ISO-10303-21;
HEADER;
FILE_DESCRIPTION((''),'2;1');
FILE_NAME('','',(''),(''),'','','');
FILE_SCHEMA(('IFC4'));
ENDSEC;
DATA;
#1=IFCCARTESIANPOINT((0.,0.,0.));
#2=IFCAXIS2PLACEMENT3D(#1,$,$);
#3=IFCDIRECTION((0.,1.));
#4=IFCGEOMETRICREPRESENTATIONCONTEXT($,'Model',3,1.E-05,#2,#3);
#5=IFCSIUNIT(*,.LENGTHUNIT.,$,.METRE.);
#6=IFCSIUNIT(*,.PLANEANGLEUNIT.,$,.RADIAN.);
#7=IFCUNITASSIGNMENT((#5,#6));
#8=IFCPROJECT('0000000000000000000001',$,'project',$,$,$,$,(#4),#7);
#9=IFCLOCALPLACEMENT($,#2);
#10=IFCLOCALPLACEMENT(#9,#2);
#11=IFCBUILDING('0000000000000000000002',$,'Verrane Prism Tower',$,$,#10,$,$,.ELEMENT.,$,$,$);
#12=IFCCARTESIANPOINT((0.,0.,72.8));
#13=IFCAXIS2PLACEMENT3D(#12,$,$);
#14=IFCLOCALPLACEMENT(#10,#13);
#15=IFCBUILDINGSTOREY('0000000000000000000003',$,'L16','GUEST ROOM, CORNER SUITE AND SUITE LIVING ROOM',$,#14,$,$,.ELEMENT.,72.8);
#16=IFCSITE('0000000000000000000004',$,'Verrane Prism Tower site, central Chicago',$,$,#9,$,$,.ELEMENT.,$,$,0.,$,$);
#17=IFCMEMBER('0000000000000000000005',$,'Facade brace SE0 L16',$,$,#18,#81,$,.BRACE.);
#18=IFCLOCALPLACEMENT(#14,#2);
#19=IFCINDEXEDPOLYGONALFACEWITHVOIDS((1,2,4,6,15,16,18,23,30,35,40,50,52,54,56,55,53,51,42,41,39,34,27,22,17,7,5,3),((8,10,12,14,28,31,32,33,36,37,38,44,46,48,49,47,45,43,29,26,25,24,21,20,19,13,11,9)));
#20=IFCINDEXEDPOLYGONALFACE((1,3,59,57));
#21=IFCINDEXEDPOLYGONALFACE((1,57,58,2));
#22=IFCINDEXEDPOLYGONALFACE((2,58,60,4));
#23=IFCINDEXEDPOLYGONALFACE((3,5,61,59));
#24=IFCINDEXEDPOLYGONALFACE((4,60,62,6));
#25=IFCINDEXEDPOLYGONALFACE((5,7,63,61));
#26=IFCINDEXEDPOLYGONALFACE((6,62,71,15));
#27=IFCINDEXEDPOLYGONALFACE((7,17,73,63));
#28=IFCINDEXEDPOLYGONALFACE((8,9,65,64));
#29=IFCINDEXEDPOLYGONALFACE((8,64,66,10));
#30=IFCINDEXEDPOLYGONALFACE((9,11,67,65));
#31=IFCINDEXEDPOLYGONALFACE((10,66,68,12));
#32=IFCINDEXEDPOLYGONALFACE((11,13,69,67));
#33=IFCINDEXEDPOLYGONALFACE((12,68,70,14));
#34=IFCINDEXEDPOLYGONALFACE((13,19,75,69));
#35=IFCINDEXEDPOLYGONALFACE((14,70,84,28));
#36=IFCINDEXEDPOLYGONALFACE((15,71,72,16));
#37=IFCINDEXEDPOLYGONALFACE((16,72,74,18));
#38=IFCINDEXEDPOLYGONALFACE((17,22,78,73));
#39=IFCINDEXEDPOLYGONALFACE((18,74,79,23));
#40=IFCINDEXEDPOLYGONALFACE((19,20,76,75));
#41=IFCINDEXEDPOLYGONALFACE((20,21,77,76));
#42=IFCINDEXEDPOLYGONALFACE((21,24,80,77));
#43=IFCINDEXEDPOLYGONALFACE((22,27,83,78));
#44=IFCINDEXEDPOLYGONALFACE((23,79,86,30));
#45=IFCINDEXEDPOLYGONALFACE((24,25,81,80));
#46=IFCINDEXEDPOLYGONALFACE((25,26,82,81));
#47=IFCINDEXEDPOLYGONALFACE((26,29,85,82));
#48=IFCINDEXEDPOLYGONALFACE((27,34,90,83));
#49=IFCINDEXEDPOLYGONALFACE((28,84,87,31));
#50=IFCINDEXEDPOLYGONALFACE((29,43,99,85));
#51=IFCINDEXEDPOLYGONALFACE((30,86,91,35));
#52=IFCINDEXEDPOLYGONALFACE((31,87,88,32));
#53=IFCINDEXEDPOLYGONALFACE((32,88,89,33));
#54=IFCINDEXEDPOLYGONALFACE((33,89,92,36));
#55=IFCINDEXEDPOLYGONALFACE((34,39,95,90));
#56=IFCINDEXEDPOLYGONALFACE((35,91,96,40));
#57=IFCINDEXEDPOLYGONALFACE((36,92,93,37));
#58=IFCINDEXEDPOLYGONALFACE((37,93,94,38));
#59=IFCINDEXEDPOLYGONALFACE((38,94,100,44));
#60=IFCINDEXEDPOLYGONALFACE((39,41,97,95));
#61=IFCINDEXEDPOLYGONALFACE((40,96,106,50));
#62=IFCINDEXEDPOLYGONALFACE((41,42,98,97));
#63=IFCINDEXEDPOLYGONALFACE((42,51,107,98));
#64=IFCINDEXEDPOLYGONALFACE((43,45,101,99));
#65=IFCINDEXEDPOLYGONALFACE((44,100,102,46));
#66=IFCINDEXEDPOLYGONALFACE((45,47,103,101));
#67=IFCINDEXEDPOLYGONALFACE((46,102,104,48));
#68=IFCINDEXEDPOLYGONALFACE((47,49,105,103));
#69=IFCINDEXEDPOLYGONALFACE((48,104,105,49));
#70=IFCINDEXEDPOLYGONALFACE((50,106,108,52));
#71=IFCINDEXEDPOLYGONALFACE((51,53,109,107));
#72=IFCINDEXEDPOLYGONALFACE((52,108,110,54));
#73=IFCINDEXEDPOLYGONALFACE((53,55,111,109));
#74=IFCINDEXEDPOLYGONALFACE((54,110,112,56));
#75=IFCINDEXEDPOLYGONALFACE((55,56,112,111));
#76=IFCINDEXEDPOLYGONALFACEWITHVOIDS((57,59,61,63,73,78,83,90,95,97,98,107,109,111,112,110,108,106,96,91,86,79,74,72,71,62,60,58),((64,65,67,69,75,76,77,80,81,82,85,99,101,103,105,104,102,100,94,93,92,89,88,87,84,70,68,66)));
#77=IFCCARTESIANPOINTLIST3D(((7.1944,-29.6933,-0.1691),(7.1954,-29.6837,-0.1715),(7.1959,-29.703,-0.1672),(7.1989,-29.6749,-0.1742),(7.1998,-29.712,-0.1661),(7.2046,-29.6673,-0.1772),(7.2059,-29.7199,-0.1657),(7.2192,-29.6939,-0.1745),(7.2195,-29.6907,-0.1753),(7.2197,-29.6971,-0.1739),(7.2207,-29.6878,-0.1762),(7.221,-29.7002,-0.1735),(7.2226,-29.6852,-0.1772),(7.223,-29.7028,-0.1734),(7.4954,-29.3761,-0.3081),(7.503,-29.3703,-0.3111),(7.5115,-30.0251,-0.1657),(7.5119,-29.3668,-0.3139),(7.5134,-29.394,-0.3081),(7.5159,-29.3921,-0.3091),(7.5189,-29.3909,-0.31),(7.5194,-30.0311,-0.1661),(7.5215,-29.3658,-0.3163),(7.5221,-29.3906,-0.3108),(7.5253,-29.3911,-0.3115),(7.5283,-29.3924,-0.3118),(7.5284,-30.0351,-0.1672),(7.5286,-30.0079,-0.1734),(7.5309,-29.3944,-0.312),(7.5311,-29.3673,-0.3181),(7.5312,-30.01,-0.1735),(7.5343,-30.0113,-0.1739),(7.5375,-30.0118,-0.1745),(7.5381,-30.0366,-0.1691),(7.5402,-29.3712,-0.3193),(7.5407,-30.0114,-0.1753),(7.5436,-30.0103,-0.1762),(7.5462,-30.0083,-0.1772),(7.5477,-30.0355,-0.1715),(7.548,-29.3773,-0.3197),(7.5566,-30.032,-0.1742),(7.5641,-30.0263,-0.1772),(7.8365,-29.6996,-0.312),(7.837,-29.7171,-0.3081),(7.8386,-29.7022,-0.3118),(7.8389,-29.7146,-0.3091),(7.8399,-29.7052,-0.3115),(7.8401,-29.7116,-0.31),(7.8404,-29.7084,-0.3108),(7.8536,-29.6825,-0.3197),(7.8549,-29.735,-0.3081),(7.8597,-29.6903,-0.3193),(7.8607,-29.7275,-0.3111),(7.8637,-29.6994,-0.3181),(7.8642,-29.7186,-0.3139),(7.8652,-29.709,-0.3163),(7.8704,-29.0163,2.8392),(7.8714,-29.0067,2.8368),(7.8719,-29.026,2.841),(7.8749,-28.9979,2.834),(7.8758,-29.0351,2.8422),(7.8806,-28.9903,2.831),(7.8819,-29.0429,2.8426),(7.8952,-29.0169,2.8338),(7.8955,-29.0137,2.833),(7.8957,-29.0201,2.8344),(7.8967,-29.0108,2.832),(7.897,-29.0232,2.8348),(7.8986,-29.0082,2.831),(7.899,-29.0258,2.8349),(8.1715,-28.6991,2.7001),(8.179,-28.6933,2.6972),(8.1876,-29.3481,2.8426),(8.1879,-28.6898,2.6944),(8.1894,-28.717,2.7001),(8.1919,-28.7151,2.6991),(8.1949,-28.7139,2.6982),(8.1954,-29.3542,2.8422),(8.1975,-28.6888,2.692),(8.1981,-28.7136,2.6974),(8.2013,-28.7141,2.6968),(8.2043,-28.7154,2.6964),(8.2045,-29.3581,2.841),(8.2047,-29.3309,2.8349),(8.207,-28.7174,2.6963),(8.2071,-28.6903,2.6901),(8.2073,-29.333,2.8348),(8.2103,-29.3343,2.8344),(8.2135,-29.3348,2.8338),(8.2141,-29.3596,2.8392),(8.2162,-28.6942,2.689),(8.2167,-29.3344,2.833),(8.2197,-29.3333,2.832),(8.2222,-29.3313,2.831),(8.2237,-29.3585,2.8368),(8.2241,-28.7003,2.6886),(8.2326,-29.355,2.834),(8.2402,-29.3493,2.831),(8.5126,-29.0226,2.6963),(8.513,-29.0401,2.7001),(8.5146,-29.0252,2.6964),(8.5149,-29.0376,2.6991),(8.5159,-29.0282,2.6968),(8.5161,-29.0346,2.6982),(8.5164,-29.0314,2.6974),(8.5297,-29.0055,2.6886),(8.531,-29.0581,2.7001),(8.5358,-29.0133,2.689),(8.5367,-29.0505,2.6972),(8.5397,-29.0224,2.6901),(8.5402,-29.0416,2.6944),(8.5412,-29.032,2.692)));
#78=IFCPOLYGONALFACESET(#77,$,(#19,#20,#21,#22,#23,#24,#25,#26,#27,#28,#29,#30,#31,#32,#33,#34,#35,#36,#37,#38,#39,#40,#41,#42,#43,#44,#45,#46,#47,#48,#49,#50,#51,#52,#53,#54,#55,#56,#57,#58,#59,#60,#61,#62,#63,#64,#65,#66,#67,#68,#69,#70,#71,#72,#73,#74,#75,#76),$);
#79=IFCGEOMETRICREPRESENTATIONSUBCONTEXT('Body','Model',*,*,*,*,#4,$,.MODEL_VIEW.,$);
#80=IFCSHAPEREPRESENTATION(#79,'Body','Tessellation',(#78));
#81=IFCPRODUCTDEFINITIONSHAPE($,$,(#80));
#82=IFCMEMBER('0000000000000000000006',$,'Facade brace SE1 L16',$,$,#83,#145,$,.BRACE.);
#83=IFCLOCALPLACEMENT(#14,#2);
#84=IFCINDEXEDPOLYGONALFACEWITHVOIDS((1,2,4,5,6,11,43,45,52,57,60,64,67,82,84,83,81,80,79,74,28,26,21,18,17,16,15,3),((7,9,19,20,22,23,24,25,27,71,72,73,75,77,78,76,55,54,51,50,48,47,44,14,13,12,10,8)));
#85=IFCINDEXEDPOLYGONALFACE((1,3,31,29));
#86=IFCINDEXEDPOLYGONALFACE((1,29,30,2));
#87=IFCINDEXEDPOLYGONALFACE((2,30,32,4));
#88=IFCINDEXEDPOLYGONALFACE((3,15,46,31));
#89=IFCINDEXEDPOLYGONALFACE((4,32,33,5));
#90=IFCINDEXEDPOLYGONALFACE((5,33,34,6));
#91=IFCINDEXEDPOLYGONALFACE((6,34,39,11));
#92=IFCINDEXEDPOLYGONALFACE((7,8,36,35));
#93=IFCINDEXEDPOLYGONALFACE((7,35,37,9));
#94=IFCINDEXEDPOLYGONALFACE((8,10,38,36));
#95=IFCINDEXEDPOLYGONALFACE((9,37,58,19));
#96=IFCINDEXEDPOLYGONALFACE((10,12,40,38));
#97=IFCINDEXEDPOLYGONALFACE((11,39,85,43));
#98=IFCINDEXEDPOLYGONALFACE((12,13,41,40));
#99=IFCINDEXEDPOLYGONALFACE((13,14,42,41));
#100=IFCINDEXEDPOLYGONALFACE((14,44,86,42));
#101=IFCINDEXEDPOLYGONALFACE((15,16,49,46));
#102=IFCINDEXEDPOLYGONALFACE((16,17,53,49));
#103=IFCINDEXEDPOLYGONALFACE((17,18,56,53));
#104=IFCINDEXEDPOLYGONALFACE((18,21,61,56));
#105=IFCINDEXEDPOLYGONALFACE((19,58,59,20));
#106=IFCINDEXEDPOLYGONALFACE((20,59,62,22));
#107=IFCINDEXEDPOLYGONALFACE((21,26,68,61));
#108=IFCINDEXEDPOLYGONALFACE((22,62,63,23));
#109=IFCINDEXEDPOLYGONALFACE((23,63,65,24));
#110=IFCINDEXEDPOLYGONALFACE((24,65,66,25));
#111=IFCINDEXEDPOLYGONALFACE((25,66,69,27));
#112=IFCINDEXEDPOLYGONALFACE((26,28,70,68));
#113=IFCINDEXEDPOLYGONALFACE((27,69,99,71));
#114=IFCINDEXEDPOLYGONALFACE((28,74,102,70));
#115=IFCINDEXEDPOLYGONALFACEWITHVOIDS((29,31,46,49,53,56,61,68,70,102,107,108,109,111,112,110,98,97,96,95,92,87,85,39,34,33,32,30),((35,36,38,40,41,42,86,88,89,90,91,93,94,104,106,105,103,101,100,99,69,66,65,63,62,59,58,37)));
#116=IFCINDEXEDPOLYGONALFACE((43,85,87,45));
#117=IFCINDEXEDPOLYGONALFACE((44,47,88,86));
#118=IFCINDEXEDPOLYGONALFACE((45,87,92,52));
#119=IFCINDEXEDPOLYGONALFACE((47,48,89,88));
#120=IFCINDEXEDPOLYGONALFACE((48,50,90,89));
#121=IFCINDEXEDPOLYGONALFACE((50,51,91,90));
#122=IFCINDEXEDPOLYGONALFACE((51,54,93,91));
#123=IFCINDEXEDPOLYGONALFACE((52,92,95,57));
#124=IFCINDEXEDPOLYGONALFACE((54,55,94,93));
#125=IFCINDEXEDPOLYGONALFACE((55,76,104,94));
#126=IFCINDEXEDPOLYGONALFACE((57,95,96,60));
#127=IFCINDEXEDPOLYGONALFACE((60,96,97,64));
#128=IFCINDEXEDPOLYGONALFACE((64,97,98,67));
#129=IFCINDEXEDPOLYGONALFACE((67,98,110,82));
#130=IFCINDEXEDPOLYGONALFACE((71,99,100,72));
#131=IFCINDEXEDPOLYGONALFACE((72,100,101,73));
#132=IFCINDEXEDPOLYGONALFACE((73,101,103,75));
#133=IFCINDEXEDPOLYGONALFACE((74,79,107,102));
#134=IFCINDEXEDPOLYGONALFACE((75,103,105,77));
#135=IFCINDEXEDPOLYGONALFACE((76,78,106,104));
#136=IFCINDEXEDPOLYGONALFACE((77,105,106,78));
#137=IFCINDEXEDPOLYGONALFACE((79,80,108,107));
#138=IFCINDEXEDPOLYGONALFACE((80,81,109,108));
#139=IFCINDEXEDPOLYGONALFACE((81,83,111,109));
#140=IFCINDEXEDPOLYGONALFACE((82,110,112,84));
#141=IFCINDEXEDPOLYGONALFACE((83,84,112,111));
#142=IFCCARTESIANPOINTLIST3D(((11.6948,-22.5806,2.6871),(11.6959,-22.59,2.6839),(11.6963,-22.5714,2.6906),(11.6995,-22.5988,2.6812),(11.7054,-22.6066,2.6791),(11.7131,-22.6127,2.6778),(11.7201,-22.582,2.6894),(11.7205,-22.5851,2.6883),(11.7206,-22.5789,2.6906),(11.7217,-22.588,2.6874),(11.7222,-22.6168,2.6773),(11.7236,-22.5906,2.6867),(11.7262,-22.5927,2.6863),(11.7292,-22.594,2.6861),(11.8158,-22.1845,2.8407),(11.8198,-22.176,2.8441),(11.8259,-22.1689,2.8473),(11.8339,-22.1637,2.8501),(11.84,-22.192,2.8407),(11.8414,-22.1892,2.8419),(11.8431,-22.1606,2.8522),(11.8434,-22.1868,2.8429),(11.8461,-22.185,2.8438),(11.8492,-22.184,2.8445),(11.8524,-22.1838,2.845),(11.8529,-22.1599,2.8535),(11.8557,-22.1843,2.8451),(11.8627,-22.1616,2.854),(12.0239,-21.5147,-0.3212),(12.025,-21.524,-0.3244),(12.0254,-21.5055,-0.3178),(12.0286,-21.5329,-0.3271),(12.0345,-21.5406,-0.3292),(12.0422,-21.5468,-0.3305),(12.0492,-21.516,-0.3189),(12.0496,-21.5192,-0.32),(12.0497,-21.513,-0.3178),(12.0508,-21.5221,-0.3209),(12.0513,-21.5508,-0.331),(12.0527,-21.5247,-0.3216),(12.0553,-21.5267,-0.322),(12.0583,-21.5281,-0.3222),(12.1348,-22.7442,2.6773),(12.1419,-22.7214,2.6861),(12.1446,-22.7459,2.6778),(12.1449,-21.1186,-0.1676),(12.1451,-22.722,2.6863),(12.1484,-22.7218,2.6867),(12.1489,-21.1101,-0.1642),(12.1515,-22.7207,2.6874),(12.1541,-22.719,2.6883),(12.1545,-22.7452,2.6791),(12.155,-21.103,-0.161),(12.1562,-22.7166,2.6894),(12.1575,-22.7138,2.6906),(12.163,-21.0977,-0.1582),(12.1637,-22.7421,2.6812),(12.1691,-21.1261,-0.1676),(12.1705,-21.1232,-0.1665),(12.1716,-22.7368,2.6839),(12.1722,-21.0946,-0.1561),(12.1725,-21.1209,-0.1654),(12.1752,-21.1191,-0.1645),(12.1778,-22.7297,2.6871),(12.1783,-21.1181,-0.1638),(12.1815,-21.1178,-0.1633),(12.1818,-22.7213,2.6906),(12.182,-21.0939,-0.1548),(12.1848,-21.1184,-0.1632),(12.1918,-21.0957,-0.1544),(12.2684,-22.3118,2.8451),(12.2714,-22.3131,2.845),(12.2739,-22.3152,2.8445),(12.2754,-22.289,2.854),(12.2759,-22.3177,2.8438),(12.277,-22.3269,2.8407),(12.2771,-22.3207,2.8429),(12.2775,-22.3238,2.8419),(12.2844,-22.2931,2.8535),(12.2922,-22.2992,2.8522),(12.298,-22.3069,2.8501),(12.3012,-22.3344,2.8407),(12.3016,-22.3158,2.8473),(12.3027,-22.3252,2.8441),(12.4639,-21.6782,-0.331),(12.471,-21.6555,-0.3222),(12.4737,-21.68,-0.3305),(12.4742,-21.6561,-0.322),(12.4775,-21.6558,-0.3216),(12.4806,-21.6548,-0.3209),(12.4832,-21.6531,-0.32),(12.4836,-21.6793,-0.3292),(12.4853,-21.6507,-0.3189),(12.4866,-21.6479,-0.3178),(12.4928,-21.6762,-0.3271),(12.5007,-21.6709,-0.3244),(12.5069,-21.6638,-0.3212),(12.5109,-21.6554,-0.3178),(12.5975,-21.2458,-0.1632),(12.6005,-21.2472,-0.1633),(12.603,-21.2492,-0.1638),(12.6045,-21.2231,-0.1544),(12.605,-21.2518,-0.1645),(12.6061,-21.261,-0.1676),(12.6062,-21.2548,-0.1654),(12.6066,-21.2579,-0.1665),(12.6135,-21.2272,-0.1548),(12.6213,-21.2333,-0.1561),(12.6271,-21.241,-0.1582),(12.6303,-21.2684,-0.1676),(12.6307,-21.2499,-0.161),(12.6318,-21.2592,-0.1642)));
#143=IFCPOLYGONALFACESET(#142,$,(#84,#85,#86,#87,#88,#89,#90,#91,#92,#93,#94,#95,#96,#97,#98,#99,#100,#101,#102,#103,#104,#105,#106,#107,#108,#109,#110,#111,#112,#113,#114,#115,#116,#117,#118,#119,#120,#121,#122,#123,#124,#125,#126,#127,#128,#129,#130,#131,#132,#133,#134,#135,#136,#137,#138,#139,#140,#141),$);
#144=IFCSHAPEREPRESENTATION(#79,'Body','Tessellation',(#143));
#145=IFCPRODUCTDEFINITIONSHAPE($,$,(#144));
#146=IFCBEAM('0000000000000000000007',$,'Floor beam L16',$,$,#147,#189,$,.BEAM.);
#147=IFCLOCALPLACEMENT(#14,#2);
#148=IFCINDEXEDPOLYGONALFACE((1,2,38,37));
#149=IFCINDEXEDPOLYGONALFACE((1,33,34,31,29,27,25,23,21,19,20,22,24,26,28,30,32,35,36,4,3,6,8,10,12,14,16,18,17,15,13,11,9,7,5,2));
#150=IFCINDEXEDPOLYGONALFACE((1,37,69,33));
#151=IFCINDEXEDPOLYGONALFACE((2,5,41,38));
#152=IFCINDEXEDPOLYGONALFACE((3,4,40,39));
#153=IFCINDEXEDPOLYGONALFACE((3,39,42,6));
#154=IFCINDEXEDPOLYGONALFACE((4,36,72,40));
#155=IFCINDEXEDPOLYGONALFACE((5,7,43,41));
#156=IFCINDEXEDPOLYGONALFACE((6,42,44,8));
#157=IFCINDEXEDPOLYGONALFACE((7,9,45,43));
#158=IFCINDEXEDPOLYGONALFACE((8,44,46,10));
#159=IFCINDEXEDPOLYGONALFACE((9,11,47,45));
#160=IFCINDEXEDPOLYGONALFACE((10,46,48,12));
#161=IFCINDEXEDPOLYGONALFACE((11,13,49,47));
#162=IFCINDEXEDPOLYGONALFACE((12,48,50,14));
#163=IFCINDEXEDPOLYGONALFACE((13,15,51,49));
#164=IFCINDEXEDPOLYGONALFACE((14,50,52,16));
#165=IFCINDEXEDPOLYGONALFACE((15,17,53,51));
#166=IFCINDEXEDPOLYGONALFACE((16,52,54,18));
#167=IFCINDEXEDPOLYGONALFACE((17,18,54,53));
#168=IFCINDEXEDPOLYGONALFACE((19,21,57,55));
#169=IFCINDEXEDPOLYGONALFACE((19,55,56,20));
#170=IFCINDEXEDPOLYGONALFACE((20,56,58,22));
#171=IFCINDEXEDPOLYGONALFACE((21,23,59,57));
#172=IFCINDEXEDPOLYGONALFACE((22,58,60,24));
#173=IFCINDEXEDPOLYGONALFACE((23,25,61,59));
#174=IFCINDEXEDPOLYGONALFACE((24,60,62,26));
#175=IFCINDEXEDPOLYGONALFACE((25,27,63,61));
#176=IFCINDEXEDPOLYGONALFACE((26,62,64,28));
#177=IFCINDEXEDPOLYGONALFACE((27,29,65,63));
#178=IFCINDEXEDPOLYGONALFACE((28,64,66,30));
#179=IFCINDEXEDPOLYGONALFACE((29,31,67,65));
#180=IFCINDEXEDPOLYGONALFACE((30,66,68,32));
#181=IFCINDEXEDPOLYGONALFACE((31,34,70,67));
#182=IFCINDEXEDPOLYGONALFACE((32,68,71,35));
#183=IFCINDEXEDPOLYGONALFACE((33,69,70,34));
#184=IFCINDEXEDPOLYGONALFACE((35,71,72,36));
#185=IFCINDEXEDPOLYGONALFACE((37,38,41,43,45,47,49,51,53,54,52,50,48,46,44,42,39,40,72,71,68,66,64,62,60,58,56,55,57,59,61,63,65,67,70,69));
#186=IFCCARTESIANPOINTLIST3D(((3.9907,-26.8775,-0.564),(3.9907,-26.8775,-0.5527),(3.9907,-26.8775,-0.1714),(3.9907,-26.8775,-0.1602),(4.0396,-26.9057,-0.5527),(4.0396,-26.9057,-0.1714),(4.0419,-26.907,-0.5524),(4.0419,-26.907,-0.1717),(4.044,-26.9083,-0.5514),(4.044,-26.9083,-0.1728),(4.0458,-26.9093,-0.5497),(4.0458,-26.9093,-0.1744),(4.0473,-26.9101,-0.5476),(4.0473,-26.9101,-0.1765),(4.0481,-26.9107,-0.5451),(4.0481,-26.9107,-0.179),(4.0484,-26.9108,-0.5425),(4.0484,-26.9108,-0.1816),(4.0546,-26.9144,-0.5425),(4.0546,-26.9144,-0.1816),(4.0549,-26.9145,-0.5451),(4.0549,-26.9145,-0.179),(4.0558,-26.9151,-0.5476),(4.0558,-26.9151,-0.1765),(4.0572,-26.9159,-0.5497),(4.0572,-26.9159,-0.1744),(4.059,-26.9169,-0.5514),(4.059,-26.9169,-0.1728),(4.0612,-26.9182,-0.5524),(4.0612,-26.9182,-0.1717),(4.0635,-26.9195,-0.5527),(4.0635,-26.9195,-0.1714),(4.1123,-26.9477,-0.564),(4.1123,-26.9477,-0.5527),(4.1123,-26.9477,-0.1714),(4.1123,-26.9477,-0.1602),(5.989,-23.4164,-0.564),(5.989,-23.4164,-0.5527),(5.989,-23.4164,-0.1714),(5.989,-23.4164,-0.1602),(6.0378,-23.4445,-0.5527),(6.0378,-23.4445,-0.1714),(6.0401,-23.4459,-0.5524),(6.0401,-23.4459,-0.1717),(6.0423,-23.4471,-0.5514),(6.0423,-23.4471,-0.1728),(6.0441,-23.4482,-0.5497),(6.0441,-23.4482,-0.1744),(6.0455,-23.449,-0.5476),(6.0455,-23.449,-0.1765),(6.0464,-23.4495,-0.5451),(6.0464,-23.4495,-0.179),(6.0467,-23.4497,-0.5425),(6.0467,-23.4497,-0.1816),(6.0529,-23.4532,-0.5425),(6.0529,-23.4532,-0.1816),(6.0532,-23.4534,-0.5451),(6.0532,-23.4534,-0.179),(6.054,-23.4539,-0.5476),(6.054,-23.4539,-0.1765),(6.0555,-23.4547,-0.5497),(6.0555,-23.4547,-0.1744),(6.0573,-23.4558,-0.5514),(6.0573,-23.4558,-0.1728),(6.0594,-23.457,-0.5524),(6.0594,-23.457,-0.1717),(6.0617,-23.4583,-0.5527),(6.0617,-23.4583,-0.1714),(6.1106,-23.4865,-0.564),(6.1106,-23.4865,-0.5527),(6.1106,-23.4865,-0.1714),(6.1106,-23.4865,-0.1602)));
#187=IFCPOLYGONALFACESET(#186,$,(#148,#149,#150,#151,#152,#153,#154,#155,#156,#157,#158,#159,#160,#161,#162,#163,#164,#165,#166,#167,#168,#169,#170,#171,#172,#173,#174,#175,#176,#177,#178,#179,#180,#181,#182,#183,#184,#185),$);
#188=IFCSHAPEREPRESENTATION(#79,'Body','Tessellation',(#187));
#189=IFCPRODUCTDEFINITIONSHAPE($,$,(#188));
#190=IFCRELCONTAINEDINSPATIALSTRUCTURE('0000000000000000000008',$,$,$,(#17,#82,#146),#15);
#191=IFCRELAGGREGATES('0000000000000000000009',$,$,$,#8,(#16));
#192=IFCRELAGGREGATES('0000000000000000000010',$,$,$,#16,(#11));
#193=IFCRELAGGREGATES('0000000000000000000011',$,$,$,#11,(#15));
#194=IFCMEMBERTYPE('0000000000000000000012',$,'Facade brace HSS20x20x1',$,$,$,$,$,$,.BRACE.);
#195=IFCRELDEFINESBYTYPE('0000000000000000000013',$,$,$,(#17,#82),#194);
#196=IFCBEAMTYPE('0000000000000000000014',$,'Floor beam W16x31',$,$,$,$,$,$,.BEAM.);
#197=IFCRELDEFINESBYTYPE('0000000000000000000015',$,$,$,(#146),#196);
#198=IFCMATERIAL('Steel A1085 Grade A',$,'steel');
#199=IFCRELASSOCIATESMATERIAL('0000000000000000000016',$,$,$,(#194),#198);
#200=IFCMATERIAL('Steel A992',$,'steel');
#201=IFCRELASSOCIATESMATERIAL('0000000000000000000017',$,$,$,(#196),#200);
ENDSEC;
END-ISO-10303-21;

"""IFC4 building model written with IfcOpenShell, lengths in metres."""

from ifc_helpers import new_model, si_unit, direction, frame, origin, origin_2d, place, context, subcontext, project, spatial, hollow_rectangle, i_section, extrude, material, material_profile, profile_set, type_object, element, save


model = new_model("IFC4")

# Units and contexts
model_context = context("Model", 3, precision=1e-05, world=origin(), true_north=direction((0.0, 1.0)))
body_context = subcontext(model_context, "Body", "Model", "MODEL_VIEW")
ifc_project = project(units=[si_unit("LENGTHUNIT", "METRE"), si_unit("PLANEANGLEUNIT", "RADIAN")], contexts=[model_context])

# Site, building, storey
site_placement = place(None, origin())
site = spatial("IfcSite", under=ifc_project, at=site_placement, Name="Verrane Prism Tower site, central Chicago", CompositionType="ELEMENT", RefElevation=0.0)
building_placement = place(site_placement, origin())
building = spatial("IfcBuilding", under=site, at=building_placement, Name="Verrane Prism Tower", CompositionType="ELEMENT")
storey_placement = place(building_placement, frame((0.0, 0.0, 72.8)))
storey = spatial("IfcBuildingStorey", under=building, at=storey_placement, Name="L16", Description="GUEST ROOM, CORNER SUITE AND SUITE LIVING ROOM", CompositionType="ELEMENT", Elevation=72.8)

# Members
ifc_material_1 = material(Name="Steel A1085 Grade A", Category="steel")
ifc_material_profile_1 = material_profile(ifc_material_1, hollow_rectangle(XDim=0.5081, YDim=0.5081, WallThickness=0.0254, InnerFilletRadius=0.0127, OuterFilletRadius=0.0381, at=origin_2d()), Name="HSS20x20x1")
ifc_profile_set_1 = profile_set([ifc_material_profile_1], Name="Steel A1085 Grade A")
member_type_1 = type_object("IfcMemberType", Name="Facade brace HSS20x20x1", PredefinedType="BRACE", material=ifc_profile_set_1)
member_1_placement = place(storey_placement, frame((7.5298, -29.7012, -0.2427), z_axis=(0.214151, 0.21446, 0.952967), x_axis=(-0.707617, 0.706596, 0.0)))
element("IfcMember", 1, at=member_1_placement, inside=storey, type_object=member_type_1, Name="Facade brace SE0 L16", PredefinedType="BRACE", context=body_context, shape_type="SweptSolid", body=[
    extrude(hollow_rectangle(XDim=0.5081, YDim=0.5081, WallThickness=0.0254, InnerFilletRadius=0.0127, OuterFilletRadius=0.0381, at=origin_2d()), origin(), (0.0, 0.0, 1.0), 3.1567),
])
member_2_placement = place(storey_placement, frame((12.3279, -21.387, -0.2427), z_axis=(-0.102572, -0.332219, 0.937608), x_axis=(0.955495, -0.295008, 0.0)))
element("IfcMember", 2, at=member_2_placement, inside=storey, type_object=member_type_1, Name="Facade brace SE1 L16", PredefinedType="BRACE", context=body_context, shape_type="SweptSolid", body=[
    extrude(hollow_rectangle(XDim=0.5081, YDim=0.5081, WallThickness=0.0254, InnerFilletRadius=0.0127, OuterFilletRadius=0.0381, at=origin_2d()), origin(), (0.0, 0.0, 1.0), 3.2085),
])

# Beam
ifc_material_2 = material(Name="Steel A992", Category="steel")
ifc_material_profile_2 = material_profile(ifc_material_2, i_section(OverallWidth=0.1404, OverallDepth=0.4038, WebThickness=0.0071, FlangeThickness=0.0112, FilletRadius=0.0103, at=origin_2d()), Name="W16x31")
ifc_profile_set_2 = profile_set([ifc_material_profile_2], Name="Steel A992")
beam_type_1 = type_object("IfcBeamType", Name="Floor beam W16x31", PredefinedType="BEAM", material=ifc_profile_set_2)
beam_1_placement = place(storey_placement, frame((4.0515, -26.9126, -0.3621), z_axis=(0.499996, 0.866028, 0.0), x_axis=(-0.866028, 0.499996, 0.0)))
element("IfcBeam", 3, at=beam_1_placement, inside=storey, type_object=beam_type_1, Name="Floor beam L16", PredefinedType="BEAM", context=body_context, shape_type="SweptSolid", body=[
    extrude(i_section(OverallWidth=0.1404, OverallDepth=0.4038, WebThickness=0.0071, FlangeThickness=0.0112, FilletRadius=0.0103, at=origin_2d()), origin(), (0.0, 0.0, 1.0), 3.9966),
])

save(model, "model.ifc")
